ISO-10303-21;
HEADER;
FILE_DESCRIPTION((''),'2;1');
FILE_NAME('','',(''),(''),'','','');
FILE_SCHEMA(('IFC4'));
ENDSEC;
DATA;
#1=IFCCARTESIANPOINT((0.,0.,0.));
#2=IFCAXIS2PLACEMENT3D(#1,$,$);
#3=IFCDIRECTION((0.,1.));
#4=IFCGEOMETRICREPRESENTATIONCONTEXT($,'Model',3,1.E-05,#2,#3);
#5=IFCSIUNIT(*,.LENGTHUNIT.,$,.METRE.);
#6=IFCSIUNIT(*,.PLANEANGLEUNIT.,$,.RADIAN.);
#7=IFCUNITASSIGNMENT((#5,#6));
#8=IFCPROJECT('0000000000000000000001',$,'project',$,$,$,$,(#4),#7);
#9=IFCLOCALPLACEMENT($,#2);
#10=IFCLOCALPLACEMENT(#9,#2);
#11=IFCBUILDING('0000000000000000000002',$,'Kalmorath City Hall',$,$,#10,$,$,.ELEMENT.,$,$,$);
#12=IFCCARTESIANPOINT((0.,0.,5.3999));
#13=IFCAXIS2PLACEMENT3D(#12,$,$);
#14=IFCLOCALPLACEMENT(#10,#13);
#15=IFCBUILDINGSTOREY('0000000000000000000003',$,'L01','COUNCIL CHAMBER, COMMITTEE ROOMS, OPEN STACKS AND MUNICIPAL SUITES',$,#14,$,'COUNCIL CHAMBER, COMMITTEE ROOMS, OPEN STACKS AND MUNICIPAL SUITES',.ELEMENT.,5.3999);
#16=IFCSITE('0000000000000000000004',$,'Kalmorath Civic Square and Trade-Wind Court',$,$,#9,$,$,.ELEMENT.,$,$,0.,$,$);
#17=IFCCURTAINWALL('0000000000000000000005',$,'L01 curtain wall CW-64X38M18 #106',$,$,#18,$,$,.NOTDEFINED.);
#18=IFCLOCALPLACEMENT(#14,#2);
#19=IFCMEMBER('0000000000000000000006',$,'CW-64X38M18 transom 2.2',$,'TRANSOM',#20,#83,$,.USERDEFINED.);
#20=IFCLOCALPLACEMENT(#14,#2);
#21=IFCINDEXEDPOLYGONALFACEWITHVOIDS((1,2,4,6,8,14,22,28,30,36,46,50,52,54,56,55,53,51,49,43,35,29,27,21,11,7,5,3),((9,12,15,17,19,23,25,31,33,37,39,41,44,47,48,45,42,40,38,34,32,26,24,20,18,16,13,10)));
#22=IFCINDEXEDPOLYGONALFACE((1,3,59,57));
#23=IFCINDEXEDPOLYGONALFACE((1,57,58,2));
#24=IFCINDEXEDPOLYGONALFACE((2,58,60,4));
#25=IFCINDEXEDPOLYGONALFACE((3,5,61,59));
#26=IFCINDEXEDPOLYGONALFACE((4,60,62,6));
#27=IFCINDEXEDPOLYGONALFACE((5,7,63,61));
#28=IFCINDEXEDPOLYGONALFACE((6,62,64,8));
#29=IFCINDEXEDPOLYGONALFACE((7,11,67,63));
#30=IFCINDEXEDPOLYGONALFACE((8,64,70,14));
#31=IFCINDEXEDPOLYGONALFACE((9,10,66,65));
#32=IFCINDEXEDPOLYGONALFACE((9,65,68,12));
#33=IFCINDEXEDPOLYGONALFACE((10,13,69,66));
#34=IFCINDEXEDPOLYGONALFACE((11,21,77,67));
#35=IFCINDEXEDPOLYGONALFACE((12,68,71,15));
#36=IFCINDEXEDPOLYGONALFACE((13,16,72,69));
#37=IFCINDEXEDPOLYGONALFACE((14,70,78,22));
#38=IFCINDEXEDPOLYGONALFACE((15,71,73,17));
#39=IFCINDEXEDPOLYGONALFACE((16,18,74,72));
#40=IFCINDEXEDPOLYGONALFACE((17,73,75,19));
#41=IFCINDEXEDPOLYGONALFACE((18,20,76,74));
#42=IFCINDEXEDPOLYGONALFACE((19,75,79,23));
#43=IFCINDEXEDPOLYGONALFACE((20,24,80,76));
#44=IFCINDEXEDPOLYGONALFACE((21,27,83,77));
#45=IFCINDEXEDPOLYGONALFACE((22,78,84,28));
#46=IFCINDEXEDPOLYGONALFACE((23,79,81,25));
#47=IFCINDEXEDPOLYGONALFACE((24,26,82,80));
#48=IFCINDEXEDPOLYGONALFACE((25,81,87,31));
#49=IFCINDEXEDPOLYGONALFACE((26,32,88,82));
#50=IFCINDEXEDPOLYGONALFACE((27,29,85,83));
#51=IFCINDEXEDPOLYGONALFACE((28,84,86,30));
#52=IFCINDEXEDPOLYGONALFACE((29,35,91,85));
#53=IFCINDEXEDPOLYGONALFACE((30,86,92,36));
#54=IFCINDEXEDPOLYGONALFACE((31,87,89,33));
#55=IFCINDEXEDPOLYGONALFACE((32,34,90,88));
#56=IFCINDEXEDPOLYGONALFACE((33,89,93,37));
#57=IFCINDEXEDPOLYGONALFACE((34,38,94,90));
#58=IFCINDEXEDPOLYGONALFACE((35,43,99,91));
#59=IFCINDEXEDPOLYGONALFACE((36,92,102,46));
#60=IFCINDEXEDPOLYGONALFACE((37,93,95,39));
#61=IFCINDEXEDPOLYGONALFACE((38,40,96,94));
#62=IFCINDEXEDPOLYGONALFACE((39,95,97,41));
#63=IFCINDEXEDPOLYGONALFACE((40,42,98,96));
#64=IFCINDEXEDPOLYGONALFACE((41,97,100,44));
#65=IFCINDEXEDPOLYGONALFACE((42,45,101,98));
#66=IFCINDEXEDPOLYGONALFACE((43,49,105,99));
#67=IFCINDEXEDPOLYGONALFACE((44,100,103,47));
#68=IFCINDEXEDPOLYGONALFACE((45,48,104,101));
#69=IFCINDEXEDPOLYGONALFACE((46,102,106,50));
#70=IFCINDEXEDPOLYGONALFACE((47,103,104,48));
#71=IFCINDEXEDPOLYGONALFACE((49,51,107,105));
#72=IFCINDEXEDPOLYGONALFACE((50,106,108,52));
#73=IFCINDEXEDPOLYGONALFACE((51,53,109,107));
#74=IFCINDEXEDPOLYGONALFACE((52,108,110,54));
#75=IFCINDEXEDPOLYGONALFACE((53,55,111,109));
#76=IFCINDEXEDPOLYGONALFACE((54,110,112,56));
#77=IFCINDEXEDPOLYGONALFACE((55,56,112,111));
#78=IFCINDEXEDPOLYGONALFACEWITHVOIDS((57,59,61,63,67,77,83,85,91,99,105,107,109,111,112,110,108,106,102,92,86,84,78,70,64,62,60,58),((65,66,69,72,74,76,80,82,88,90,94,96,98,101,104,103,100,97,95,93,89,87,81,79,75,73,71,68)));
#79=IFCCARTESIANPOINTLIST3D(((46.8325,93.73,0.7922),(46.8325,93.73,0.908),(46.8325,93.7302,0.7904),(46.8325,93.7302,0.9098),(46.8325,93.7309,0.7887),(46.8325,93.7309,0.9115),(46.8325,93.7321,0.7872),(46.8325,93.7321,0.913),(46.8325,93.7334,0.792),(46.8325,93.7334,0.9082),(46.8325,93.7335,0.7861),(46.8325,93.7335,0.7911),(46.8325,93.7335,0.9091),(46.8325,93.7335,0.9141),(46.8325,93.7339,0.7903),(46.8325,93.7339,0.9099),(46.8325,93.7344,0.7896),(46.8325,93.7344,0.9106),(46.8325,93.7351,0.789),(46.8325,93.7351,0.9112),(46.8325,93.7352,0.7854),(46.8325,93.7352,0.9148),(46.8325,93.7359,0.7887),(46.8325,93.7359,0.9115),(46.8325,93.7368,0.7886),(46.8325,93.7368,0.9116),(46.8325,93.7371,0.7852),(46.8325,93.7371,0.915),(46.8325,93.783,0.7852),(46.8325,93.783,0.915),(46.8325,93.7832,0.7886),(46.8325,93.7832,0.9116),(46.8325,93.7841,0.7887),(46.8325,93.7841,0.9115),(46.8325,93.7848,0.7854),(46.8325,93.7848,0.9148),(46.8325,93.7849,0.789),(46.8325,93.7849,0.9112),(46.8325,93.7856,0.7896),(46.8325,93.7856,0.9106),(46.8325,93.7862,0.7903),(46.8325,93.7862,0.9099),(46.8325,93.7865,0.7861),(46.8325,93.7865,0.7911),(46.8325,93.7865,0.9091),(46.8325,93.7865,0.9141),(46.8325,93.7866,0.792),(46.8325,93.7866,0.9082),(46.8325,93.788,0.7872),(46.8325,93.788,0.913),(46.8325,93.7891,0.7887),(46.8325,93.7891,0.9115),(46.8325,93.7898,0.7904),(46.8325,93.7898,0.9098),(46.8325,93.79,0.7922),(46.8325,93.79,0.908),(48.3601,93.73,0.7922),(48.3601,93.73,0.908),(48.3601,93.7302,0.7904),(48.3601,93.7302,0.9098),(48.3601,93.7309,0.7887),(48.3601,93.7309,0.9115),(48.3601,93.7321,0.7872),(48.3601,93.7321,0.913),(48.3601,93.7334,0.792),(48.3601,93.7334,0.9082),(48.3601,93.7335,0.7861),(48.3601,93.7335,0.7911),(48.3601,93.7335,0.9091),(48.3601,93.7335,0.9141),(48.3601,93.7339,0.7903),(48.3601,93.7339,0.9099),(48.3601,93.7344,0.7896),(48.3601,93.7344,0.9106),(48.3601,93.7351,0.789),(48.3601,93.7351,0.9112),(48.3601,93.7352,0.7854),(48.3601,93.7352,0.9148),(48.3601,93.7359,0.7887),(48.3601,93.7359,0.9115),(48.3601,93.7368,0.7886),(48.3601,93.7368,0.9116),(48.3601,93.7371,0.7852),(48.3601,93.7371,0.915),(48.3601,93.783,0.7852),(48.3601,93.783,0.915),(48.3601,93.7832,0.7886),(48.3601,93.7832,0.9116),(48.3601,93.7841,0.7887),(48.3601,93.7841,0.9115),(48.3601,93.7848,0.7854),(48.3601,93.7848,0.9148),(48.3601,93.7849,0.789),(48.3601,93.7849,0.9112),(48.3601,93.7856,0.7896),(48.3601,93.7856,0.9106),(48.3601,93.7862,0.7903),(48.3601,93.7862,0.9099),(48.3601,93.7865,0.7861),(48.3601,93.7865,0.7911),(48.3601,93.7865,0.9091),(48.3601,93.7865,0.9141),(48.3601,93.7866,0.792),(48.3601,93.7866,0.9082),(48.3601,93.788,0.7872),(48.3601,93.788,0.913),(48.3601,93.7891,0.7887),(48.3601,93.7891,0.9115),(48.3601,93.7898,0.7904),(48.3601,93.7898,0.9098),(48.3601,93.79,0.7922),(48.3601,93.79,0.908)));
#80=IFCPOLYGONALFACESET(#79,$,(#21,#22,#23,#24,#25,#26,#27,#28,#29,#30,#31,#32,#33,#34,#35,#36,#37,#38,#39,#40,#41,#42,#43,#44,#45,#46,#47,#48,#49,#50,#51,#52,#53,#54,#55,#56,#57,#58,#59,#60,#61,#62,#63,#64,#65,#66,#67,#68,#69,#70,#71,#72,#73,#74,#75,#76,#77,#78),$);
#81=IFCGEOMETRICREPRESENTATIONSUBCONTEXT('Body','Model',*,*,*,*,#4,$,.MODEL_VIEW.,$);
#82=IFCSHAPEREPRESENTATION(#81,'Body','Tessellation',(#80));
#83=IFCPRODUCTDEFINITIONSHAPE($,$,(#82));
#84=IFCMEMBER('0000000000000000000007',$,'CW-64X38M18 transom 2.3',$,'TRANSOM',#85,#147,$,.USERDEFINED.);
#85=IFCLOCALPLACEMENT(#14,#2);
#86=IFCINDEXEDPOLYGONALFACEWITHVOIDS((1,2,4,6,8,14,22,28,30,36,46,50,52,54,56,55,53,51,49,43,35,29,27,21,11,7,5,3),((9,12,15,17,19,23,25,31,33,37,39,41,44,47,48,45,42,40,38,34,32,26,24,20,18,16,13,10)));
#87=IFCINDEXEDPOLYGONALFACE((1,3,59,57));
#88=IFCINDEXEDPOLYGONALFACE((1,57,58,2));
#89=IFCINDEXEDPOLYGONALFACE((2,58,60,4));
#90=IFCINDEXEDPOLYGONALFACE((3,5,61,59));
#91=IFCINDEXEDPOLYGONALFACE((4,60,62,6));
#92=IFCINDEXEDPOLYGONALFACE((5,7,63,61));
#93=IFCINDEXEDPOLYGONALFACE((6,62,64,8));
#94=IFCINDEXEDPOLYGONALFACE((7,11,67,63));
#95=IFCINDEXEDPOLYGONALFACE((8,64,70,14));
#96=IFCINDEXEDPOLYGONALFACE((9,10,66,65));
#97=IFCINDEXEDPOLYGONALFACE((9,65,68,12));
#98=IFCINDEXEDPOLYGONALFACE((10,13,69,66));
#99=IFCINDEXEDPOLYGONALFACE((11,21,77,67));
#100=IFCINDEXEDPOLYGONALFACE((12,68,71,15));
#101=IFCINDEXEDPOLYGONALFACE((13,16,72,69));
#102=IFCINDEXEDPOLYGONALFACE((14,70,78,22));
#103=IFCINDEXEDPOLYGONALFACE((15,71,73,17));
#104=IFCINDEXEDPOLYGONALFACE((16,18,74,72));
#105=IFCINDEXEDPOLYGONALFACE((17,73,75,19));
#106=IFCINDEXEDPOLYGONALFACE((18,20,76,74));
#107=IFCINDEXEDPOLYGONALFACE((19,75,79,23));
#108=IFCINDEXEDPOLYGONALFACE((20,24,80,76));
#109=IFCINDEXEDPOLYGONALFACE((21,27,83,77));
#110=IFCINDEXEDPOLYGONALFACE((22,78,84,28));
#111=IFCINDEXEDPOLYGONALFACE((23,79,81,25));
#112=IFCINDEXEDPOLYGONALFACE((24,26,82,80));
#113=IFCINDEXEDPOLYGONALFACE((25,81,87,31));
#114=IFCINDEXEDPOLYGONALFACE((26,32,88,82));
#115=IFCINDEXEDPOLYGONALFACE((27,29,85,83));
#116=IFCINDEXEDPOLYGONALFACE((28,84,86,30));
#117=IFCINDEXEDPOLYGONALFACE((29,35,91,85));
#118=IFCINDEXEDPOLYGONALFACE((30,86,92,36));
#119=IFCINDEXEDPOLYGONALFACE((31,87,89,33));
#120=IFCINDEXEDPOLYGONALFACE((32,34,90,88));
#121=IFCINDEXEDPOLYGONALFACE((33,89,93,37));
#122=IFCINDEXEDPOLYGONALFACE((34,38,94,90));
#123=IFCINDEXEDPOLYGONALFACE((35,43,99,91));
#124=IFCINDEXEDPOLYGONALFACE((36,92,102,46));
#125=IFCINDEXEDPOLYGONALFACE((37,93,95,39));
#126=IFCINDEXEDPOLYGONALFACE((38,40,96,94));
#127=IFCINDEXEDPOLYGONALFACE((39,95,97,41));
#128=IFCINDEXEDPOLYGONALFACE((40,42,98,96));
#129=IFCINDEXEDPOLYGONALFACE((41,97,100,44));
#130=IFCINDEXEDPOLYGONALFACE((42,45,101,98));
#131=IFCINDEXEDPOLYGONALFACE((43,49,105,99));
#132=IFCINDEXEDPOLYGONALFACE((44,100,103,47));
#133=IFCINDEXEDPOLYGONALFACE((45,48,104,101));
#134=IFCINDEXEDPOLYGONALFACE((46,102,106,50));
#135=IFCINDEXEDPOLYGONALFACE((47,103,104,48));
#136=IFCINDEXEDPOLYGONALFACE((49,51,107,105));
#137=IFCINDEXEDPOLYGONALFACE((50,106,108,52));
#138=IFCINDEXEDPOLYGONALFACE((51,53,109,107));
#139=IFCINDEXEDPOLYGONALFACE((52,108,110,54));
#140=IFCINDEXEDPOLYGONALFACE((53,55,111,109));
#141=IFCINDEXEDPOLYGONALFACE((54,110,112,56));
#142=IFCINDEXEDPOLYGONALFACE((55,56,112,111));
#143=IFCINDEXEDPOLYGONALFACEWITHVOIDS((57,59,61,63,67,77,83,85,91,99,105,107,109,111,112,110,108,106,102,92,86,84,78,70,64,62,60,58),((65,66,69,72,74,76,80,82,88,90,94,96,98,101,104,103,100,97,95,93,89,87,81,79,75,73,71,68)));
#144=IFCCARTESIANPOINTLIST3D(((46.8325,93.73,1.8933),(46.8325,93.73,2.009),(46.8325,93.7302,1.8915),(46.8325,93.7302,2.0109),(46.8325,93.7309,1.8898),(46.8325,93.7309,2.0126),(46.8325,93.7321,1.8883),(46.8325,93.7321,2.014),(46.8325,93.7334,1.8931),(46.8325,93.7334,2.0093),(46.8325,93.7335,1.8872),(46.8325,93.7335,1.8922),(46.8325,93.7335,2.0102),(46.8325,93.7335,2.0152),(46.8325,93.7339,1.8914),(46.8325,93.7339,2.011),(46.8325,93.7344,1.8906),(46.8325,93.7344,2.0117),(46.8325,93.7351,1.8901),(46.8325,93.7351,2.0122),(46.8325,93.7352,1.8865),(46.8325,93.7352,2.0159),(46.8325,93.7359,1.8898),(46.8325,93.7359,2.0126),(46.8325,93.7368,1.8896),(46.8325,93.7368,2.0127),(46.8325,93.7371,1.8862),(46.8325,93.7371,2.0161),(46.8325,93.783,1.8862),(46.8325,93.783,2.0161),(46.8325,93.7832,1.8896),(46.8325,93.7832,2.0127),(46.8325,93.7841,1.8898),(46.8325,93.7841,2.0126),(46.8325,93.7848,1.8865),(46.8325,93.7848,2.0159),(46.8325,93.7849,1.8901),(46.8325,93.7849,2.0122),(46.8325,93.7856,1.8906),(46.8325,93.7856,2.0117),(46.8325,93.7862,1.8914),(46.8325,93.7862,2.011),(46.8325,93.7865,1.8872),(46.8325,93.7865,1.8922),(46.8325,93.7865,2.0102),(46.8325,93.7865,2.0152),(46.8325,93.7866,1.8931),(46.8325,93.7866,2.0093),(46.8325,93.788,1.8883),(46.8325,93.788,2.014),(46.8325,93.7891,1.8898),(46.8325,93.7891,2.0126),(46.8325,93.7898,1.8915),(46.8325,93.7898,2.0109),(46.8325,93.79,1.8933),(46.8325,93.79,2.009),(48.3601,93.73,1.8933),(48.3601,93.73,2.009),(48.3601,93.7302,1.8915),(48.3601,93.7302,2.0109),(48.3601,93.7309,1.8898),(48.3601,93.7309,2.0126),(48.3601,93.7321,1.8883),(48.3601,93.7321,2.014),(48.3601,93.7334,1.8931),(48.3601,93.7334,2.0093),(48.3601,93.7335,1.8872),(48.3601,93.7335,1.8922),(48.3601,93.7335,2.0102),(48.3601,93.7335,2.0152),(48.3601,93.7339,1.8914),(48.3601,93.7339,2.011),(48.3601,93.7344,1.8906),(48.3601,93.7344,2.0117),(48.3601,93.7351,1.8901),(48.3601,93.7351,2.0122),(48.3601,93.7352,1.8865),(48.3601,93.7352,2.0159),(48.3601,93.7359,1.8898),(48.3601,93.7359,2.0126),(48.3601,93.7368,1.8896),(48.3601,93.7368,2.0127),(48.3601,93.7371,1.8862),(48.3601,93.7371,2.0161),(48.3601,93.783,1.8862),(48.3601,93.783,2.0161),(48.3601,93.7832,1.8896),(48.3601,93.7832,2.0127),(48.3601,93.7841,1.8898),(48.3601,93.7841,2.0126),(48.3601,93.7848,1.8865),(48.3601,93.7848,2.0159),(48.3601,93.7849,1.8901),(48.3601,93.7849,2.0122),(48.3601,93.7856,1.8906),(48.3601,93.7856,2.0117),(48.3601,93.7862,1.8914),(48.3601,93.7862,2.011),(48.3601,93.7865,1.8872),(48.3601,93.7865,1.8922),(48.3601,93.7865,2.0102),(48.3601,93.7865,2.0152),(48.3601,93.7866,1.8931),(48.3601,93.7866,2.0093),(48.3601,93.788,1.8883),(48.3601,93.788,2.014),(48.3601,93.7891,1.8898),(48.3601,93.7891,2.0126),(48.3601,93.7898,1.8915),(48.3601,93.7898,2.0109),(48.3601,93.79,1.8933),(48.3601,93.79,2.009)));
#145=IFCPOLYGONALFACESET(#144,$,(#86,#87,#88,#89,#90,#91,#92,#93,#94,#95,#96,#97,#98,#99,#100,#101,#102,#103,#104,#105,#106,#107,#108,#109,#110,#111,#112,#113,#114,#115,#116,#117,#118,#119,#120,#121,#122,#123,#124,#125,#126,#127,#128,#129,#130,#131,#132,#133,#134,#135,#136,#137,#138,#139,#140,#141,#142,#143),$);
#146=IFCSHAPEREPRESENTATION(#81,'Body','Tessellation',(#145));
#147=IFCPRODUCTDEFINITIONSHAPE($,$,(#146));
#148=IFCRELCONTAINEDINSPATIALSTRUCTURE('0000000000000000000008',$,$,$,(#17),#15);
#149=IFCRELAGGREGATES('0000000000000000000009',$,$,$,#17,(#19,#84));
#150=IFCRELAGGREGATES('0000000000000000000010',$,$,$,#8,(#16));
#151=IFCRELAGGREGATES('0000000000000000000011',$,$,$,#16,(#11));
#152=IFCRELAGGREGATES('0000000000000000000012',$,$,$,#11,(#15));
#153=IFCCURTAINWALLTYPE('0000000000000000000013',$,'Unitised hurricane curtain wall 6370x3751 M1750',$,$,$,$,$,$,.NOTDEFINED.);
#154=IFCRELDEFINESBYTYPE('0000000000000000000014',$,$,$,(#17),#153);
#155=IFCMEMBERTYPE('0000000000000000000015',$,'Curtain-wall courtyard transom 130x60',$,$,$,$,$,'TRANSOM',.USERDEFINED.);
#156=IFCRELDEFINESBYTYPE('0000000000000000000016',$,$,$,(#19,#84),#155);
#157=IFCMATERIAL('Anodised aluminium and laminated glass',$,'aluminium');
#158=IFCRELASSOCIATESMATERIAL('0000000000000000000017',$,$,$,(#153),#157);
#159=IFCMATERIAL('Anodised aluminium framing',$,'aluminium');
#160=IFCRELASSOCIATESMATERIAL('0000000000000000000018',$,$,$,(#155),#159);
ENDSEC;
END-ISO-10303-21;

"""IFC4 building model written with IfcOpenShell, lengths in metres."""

from ifc_helpers import new_model, si_unit, direction, frame, origin, origin_2d, place, context, subcontext, project, spatial, hollow_rectangle, extrude, material, material_profile, profile_set, type_object, element, aggregate, save


model = new_model("IFC4")

# Units and contexts
model_context = context("Model", 3, precision=1e-05, world=origin(), true_north=direction((0.0, 1.0)))
body_context = subcontext(model_context, "Body", "Model", "MODEL_VIEW")
ifc_project = project(units=[si_unit("LENGTHUNIT", "METRE"), si_unit("PLANEANGLEUNIT", "RADIAN")], contexts=[model_context])

# Site, building, storey
site_placement = place(None, origin())
site = spatial("IfcSite", under=ifc_project, at=site_placement, Name="Kalmorath Civic Square and Trade-Wind Court", CompositionType="ELEMENT", RefElevation=0.0)
building_placement = place(site_placement, origin())
building = spatial("IfcBuilding", under=site, at=building_placement, Name="Kalmorath City Hall", CompositionType="ELEMENT")
storey_placement = place(building_placement, frame((0.0, 0.0, 5.3999)))
storey = spatial("IfcBuildingStorey", under=building, at=storey_placement, Name="L01", Description="COUNCIL CHAMBER, COMMITTEE ROOMS, OPEN STACKS AND MUNICIPAL SUITES", LongName="COUNCIL CHAMBER, COMMITTEE ROOMS, OPEN STACKS AND MUNICIPAL SUITES", CompositionType="ELEMENT", Elevation=5.3999)

# Curtain wall, members
ifc_material_1 = material(Name="Anodised aluminium and laminated glass", Category="aluminium")
curtain_wall_type_1 = type_object("IfcCurtainWallType", Name="Unitised hurricane curtain wall 6370x3751 M1750", PredefinedType="NOTDEFINED", material=ifc_material_1)
curtain_wall_1_placement = place(storey_placement, origin())
curtain_wall_1 = element("IfcCurtainWall", 1, at=curtain_wall_1_placement, inside=storey, type_object=curtain_wall_type_1, Name="L01 curtain wall CW-64X38M18 #106", PredefinedType="NOTDEFINED")
ifc_material_2 = material(Name="Anodised aluminium framing", Category="aluminium")
ifc_material_profile_1 = material_profile(ifc_material_2, hollow_rectangle(XDim=0.0601, YDim=0.1299, WallThickness=0.0034, InnerFilletRadius=0.0034, OuterFilletRadius=0.0071, at=origin_2d()), Name="ALU-TRN-130X60X3.5")
ifc_profile_set_1 = profile_set([ifc_material_profile_1], Name="Anodised aluminium framing")
member_type_1 = type_object("IfcMemberType", Name="Curtain-wall courtyard transom 130x60", ElementType="TRANSOM", PredefinedType="USERDEFINED", material=ifc_profile_set_1)
member_1_placement = place(storey_placement, frame((48.3601, 93.76, 0.8501), z_axis=(-1.0, 0.0, 0.0), x_axis=(0.0, -1.0, 0.0)))
member_1 = element("IfcMember", 2, at=member_1_placement, type_object=member_type_1, Name="CW-64X38M18 transom 2.2", ObjectType="TRANSOM", PredefinedType="USERDEFINED", context=body_context, shape_type="SweptSolid", body=[
    extrude(hollow_rectangle(XDim=0.0601, YDim=0.1299, WallThickness=0.0034, InnerFilletRadius=0.0034, OuterFilletRadius=0.0071, at=origin_2d()), origin(), (0.0, 0.0, 1.0), 1.5276),
])
member_2_placement = place(storey_placement, frame((48.3601, 93.76, 1.9512), z_axis=(-1.0, 0.0, 0.0), x_axis=(0.0, -1.0, 0.0)))
member_2 = element("IfcMember", 3, at=member_2_placement, type_object=member_type_1, Name="CW-64X38M18 transom 2.3", ObjectType="TRANSOM", PredefinedType="USERDEFINED", context=body_context, shape_type="SweptSolid", body=[
    extrude(hollow_rectangle(XDim=0.0601, YDim=0.1299, WallThickness=0.0034, InnerFilletRadius=0.0034, OuterFilletRadius=0.0071, at=origin_2d()), origin(), (0.0, 0.0, 1.0), 1.5276),
])

aggregate(curtain_wall_1, [member_1, member_2])

save(model, "model.ifc")
